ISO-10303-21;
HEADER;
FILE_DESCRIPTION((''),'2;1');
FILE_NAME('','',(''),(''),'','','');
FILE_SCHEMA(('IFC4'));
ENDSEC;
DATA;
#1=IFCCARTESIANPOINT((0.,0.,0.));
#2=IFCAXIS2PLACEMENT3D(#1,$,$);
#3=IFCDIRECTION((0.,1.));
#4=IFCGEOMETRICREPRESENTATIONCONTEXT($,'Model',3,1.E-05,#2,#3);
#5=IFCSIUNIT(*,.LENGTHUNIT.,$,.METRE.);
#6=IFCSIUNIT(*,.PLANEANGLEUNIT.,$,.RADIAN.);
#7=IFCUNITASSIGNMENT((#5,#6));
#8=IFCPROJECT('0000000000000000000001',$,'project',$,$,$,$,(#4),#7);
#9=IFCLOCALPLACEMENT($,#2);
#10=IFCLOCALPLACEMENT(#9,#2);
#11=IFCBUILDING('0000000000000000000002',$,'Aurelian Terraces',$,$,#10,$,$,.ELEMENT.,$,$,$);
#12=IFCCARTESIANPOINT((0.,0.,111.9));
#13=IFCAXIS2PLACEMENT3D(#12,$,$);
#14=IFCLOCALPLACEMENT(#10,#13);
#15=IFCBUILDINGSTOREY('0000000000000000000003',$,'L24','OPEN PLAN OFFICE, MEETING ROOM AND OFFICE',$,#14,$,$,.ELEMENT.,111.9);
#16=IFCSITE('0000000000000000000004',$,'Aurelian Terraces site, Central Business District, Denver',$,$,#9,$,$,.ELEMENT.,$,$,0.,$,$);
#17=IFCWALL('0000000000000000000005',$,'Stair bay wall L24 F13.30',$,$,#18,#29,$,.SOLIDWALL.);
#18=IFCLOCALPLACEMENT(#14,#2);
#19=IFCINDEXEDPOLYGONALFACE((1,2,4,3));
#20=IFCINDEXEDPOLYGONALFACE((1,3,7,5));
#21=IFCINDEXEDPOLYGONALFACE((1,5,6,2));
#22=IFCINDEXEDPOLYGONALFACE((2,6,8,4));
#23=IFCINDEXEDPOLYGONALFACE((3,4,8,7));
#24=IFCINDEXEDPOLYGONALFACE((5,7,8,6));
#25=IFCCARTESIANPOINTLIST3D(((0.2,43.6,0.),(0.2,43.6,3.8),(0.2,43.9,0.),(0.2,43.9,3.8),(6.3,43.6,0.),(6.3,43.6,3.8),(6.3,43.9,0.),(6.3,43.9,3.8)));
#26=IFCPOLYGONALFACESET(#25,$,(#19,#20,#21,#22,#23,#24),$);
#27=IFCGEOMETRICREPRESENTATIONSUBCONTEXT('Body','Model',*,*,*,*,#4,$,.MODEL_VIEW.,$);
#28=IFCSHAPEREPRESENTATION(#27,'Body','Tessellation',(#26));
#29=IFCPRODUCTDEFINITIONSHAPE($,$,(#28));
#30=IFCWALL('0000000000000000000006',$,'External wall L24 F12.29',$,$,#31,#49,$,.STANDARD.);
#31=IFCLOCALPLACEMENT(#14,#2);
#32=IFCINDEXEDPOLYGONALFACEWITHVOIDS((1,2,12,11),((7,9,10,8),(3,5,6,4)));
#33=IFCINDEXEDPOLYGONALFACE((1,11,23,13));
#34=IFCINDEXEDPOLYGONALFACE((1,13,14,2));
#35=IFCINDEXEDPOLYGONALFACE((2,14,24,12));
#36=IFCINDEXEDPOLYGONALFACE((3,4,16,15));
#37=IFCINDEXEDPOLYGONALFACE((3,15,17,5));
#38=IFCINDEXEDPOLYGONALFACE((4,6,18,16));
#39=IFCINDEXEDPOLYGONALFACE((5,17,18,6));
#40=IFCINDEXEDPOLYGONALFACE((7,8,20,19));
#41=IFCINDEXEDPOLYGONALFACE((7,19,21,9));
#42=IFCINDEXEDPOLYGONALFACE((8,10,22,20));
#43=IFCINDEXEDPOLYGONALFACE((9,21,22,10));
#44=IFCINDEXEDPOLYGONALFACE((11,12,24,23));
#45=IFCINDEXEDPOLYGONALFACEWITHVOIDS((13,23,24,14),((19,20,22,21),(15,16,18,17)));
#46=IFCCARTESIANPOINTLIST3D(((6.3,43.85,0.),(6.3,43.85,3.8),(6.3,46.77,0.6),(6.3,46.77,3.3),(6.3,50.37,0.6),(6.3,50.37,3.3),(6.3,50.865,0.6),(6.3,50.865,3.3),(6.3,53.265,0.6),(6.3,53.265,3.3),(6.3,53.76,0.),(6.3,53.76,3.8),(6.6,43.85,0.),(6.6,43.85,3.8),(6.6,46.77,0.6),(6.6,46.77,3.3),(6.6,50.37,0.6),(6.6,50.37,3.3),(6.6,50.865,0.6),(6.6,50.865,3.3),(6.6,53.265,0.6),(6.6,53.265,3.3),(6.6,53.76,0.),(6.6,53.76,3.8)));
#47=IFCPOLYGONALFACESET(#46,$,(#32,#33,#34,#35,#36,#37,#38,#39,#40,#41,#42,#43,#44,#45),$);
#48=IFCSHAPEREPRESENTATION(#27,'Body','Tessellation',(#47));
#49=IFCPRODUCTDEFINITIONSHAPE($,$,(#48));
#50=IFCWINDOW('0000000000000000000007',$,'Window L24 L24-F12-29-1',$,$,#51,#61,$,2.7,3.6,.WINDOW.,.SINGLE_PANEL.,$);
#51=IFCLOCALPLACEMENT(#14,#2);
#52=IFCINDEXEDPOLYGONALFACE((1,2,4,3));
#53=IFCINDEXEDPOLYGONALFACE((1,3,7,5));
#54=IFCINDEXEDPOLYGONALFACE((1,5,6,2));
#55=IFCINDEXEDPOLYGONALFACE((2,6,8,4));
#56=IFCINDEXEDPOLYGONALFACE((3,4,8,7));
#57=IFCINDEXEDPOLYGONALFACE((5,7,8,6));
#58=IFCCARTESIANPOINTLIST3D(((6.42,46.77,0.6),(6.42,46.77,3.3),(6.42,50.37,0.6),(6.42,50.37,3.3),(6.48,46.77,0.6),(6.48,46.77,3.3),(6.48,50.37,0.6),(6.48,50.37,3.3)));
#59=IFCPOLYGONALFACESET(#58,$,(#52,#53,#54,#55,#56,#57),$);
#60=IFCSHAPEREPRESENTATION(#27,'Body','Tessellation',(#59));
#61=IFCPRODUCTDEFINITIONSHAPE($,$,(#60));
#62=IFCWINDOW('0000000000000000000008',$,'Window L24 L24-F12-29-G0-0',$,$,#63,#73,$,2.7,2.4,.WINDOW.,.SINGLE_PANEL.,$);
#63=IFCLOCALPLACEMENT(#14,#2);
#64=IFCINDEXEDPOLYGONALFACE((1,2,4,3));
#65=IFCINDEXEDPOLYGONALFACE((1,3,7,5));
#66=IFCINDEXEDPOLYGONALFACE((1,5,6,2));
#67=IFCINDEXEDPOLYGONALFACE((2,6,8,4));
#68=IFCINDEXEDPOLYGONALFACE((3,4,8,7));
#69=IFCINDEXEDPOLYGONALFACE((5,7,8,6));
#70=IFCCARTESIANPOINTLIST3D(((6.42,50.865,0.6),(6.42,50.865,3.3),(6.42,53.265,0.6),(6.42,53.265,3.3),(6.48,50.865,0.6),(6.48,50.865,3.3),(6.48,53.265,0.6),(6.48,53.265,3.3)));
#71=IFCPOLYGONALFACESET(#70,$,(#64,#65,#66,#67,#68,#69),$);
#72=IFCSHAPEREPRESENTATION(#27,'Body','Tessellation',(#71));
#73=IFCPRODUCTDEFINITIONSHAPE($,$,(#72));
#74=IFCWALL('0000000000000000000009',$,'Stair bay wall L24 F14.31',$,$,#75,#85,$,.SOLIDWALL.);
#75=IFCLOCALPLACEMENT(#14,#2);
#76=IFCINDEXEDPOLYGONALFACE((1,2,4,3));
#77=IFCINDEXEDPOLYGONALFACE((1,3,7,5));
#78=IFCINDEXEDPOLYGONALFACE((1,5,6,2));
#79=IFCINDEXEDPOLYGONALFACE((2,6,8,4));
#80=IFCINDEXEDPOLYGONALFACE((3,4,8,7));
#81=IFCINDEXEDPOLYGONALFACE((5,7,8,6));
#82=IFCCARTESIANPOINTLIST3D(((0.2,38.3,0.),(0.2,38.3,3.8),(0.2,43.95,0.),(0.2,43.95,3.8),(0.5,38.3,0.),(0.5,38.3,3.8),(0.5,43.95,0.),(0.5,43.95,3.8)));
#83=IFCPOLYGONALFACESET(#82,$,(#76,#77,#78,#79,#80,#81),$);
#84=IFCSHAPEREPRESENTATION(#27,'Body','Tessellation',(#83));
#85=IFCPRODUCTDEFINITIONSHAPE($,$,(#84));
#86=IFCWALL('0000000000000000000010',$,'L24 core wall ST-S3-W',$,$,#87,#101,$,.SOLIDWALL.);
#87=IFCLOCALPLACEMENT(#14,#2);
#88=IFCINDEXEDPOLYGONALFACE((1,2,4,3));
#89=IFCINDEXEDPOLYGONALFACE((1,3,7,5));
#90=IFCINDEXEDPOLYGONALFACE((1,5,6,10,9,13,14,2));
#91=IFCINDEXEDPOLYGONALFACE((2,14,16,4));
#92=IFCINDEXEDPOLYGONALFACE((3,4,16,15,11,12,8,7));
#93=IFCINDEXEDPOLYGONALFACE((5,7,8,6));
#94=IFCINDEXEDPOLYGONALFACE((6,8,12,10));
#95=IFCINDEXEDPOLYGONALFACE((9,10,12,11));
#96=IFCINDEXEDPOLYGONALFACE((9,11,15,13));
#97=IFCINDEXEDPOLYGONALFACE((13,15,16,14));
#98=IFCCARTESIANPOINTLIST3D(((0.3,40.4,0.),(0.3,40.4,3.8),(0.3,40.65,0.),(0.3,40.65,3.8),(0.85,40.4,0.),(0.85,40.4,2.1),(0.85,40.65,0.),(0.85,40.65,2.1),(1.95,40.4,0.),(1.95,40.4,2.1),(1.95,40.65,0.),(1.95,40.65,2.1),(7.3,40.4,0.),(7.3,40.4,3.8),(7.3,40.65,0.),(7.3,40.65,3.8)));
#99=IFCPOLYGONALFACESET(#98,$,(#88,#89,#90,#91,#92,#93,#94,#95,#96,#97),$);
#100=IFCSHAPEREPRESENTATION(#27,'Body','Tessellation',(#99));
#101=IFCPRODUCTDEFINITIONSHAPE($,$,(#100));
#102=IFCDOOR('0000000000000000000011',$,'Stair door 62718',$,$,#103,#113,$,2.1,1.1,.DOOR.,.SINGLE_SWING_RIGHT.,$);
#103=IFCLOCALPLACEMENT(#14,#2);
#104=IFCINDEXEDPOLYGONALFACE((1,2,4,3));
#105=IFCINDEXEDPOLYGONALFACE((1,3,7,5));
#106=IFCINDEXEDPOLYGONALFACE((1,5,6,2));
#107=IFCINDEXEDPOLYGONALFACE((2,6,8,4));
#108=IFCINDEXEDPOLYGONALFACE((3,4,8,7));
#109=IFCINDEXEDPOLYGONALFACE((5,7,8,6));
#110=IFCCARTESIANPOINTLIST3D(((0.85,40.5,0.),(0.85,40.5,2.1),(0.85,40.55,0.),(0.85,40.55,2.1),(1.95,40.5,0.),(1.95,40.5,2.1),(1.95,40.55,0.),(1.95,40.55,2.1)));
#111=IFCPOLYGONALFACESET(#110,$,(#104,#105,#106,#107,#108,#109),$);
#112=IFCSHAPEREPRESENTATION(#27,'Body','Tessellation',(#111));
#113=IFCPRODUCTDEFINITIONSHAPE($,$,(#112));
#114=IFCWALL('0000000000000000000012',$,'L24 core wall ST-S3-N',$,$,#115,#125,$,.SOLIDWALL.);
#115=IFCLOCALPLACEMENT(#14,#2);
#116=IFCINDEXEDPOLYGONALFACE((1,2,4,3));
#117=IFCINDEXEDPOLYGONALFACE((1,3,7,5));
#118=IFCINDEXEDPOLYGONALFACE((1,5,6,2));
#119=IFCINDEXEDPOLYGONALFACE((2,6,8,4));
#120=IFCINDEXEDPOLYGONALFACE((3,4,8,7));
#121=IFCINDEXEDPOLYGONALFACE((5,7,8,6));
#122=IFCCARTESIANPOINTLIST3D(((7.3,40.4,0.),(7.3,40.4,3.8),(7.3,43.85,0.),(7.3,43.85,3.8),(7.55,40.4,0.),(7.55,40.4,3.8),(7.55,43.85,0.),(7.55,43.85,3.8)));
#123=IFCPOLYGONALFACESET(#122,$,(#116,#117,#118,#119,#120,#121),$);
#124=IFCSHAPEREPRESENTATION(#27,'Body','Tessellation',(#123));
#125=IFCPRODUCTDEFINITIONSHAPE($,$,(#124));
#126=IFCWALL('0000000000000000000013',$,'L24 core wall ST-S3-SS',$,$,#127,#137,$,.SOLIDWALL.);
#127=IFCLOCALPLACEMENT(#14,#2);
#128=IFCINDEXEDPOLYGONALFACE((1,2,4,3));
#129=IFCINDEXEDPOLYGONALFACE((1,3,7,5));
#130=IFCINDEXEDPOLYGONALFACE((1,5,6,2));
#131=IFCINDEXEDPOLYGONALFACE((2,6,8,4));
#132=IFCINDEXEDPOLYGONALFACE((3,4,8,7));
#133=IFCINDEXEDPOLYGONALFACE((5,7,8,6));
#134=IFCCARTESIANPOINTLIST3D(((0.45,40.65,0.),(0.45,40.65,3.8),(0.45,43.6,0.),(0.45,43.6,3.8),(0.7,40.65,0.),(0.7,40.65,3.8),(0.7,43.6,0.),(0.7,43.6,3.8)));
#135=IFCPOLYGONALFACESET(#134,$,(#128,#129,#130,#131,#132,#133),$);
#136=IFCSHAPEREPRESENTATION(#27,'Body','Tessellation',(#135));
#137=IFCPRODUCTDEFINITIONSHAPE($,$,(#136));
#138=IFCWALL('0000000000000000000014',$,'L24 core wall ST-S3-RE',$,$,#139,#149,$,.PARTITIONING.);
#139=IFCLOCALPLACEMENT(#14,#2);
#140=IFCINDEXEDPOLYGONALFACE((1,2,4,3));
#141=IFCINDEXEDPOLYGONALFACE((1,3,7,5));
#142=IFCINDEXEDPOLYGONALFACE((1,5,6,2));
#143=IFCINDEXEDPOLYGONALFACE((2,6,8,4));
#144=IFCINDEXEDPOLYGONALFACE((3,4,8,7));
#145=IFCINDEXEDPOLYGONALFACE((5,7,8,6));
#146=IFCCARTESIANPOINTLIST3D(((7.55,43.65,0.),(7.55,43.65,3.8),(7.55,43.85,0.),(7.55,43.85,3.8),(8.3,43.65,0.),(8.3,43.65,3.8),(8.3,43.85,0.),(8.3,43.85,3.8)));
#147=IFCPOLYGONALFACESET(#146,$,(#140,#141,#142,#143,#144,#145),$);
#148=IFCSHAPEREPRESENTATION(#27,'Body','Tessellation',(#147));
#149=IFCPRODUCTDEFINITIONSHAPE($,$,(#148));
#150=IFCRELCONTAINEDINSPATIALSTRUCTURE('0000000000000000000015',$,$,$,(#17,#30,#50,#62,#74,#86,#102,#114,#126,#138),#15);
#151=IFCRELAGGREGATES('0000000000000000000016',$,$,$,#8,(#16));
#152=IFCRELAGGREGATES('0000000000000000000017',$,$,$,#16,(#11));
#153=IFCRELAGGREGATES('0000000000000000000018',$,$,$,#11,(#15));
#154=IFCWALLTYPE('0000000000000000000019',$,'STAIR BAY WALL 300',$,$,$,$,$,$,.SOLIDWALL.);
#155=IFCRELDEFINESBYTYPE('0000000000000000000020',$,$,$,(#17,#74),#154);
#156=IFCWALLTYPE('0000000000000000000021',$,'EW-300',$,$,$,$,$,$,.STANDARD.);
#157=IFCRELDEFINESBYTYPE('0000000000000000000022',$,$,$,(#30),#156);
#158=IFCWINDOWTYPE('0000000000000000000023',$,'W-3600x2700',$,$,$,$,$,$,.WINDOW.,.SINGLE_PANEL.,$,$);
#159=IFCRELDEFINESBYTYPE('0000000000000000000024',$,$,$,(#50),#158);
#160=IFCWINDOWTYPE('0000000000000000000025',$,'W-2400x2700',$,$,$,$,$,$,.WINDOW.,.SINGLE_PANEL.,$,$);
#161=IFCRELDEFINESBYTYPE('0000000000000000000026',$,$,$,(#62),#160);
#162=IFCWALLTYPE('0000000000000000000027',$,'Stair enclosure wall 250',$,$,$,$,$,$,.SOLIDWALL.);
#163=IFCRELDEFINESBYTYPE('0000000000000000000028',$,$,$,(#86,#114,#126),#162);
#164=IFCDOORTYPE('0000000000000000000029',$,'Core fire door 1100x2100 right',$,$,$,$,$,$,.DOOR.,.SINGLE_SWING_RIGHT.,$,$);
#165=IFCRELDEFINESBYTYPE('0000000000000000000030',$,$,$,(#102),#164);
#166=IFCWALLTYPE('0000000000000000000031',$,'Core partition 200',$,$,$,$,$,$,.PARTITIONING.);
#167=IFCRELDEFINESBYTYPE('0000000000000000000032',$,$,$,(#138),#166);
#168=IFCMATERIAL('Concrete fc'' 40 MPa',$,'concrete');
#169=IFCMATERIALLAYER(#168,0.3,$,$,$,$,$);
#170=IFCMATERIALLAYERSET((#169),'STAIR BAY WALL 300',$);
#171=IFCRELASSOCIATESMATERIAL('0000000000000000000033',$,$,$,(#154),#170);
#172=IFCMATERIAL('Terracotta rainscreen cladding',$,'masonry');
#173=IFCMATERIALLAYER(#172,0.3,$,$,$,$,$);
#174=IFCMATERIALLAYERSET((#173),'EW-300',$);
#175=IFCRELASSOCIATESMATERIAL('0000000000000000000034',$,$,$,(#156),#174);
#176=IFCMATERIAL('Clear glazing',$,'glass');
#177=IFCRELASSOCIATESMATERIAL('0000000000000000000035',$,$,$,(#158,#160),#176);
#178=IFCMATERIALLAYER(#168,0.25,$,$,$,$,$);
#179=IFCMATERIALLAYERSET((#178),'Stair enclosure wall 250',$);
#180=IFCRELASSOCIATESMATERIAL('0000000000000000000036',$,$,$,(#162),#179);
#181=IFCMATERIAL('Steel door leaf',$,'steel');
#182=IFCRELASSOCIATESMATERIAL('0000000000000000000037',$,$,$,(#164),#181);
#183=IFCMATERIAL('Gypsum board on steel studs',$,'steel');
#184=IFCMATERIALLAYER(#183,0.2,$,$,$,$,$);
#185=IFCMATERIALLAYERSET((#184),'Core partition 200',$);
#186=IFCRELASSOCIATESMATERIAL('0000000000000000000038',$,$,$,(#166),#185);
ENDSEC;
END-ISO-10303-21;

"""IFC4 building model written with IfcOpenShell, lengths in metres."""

from ifc_helpers import new_model, si_unit, direction, frame, frame_2d, origin, place, context, subcontext, project, spatial, rectangle, extrude, source, transform, mapped, material, layer, layer_set, type_object, element, fill, save


model = new_model("IFC4")

# Units and contexts
model_context = context("Model", 3, precision=1e-05, world=origin(), true_north=direction((0.0, 1.0)))
body_context = subcontext(model_context, "Body", "Model", "MODEL_VIEW")
ifc_project = project(units=[si_unit("LENGTHUNIT", "METRE"), si_unit("PLANEANGLEUNIT", "RADIAN")], contexts=[model_context])

# Site, building, storey
site_placement = place(None, origin())
site = spatial("IfcSite", under=ifc_project, at=site_placement, Name="Aurelian Terraces site, Central Business District, Denver", CompositionType="ELEMENT", RefElevation=0.0)
building_placement = place(site_placement, origin())
building = spatial("IfcBuilding", under=site, at=building_placement, Name="Aurelian Terraces", CompositionType="ELEMENT")
storey_placement = place(building_placement, frame((0.0, 0.0, 111.9)))
storey = spatial("IfcBuildingStorey", under=building, at=storey_placement, Name="L24", Description="OPEN PLAN OFFICE, MEETING ROOM AND OFFICE", CompositionType="ELEMENT", Elevation=111.9)

# Wall
ifc_material_1 = material(Name="Concrete fc' 40 MPa", Category="concrete")
ifc_layer_1 = layer(ifc_material_1, 0.3)
ifc_layer_set_1 = layer_set([ifc_layer_1], Name="STAIR BAY WALL 300")
wall_type_1 = type_object("IfcWallType", Name="STAIR BAY WALL 300", PredefinedType="SOLIDWALL", material=ifc_layer_set_1)
shared_shape_1 = source(origin(), body_context, "Body", "SweptSolid", [
    extrude(rectangle(XDim=6.1, YDim=0.3, at=frame_2d((3.05, 0.0))), origin(), (0.0, 0.0, 1.0), 3.8),
])
wall_1_placement = place(storey_placement, frame((6.3, 43.75, 0.0), z_axis=(0.0, 0.0, 1.0), x_axis=(-1.0, 0.0, 0.0)))
element("IfcWall", 1, at=wall_1_placement, inside=storey, type_object=wall_type_1, Name="Stair bay wall L24 F13.30", PredefinedType="SOLIDWALL", context=body_context, shape_type="MappedRepresentation", body=[
    mapped(shared_shape_1, transform((0.0, 0.0, 0.0), scale=1.0)),
])

# Wall, openings, windows
ifc_material_2 = material(Name="Terracotta rainscreen cladding", Category="masonry")
ifc_layer_2 = layer(ifc_material_2, 0.3)
ifc_layer_set_2 = layer_set([ifc_layer_2], Name="EW-300")
wall_type_2 = type_object("IfcWallType", Name="EW-300", PredefinedType="STANDARD", material=ifc_layer_set_2)
shared_shape_2 = source(origin(), body_context, "Body", "SweptSolid", [
    extrude(rectangle(XDim=9.91, YDim=0.3, at=frame_2d((4.955, 0.0))), origin(), (0.0, 0.0, 1.0), 3.8),
])
wall_2_placement = place(storey_placement, frame((6.45, 53.76, 0.0), z_axis=(0.0, 0.0, 1.0), x_axis=(0.0, -1.0, 0.0)))
wall_2 = element("IfcWall", 2, at=wall_2_placement, inside=storey, type_object=wall_type_2, Name="External wall L24 F12.29", PredefinedType="STANDARD", context=body_context, shape_type="MappedRepresentation", body=[
    mapped(shared_shape_2, transform((0.0, 0.0, 0.0), scale=1.0)),
])
shared_shape_3 = source(origin(), body_context, "Body", "SweptSolid", [
    extrude(rectangle(XDim=3.6, YDim=2.7, at=frame_2d((1.8, 1.35))), frame((0.0, 0.16, 0.0), z_axis=(0.0, -1.0, 0.0), x_axis=(1.0, 0.0, 0.0)), (0.0, 0.0, 1.0), 0.32),
])
opening_1_placement = place(wall_2_placement, frame((3.39, 0.0, 0.6)))
opening_1 = element("IfcOpeningElement", 3, at=opening_1_placement, cuts=wall_2, PredefinedType="OPENING", context=body_context, shape_type="MappedRepresentation", body=[
    mapped(shared_shape_3, transform((0.0, 0.0, 0.0), scale=1.0)),
])
shared_shape_4 = source(origin(), body_context, "Body", "SweptSolid", [
    extrude(rectangle(XDim=2.4, YDim=2.7, at=frame_2d((1.2, 1.35))), frame((0.0, 0.16, 0.0), z_axis=(0.0, -1.0, 0.0), x_axis=(1.0, 0.0, 0.0)), (0.0, 0.0, 1.0), 0.32),
])
opening_2_placement = place(wall_2_placement, frame((0.495, 0.0, 0.6)))
opening_2 = element("IfcOpeningElement", 4, at=opening_2_placement, cuts=wall_2, PredefinedType="OPENING", context=body_context, shape_type="MappedRepresentation", body=[
    mapped(shared_shape_4, transform((0.0, 0.0, 0.0), scale=1.0)),
])
ifc_material_3 = material(Name="Clear glazing", Category="glass")
window_type_1 = type_object("IfcWindowType", Name="W-3600x2700", PartitioningType="SINGLE_PANEL", PredefinedType="WINDOW", material=ifc_material_3)
shared_shape_5 = source(origin(), body_context, "Body", "SweptSolid", [
    extrude(rectangle(XDim=3.6, YDim=2.7, at=frame_2d((1.8, 1.35))), frame((0.0, 0.03, 0.0), z_axis=(0.0, -1.0, 0.0), x_axis=(1.0, 0.0, 0.0)), (0.0, 0.0, 1.0), 0.06),
])
window_1_placement = place(opening_1_placement, origin())
window_1 = element("IfcWindow", 5, at=window_1_placement, inside=storey, type_object=window_type_1, Name="Window L24 L24-F12-29-1", OverallHeight=2.7, OverallWidth=3.6, PartitioningType="SINGLE_PANEL", PredefinedType="WINDOW", context=body_context, shape_type="MappedRepresentation", body=[
    mapped(shared_shape_5, transform((0.0, 0.0, 0.0), scale=1.0)),
])
fill(opening_1, window_1)
window_type_2 = type_object("IfcWindowType", Name="W-2400x2700", PartitioningType="SINGLE_PANEL", PredefinedType="WINDOW", material=ifc_material_3)
shared_shape_6 = source(origin(), body_context, "Body", "SweptSolid", [
    extrude(rectangle(XDim=2.4, YDim=2.7, at=frame_2d((1.2, 1.35))), frame((0.0, 0.03, 0.0), z_axis=(0.0, -1.0, 0.0), x_axis=(1.0, 0.0, 0.0)), (0.0, 0.0, 1.0), 0.06),
])
window_2_placement = place(opening_2_placement, origin())
window_2 = element("IfcWindow", 6, at=window_2_placement, inside=storey, type_object=window_type_2, Name="Window L24 L24-F12-29-G0-0", OverallHeight=2.7, OverallWidth=2.4, PartitioningType="SINGLE_PANEL", PredefinedType="WINDOW", context=body_context, shape_type="MappedRepresentation", body=[
    mapped(shared_shape_6, transform((0.0, 0.0, 0.0), scale=1.0)),
])
fill(opening_2, window_2)

# Wall
shared_shape_7 = source(origin(), body_context, "Body", "SweptSolid", [
    extrude(rectangle(XDim=5.65, YDim=0.3, at=frame_2d((2.825, 0.0))), origin(), (0.0, 0.0, 1.0), 3.8),
])
wall_3_placement = place(storey_placement, frame((0.35, 43.95, 0.0), z_axis=(0.0, 0.0, 1.0), x_axis=(0.0, -1.0, 0.0)))
element("IfcWall", 7, at=wall_3_placement, inside=storey, type_object=wall_type_1, Name="Stair bay wall L24 F14.31", PredefinedType="SOLIDWALL", context=body_context, shape_type="MappedRepresentation", body=[
    mapped(shared_shape_7, transform((0.0, 0.0, 0.0), scale=1.0)),
])

# Wall, opening, door
ifc_layer_3 = layer(ifc_material_1, 0.25)
ifc_layer_set_3 = layer_set([ifc_layer_3], Name="Stair enclosure wall 250")
wall_type_3 = type_object("IfcWallType", Name="Stair enclosure wall 250", PredefinedType="SOLIDWALL", material=ifc_layer_set_3)
shared_shape_8 = source(origin(), body_context, "Body", "SweptSolid", [
    extrude(rectangle(XDim=7.0, YDim=0.25, at=frame_2d((3.5, 0.0))), origin(), (0.0, 0.0, 1.0), 3.8),
])
wall_4_placement = place(storey_placement, frame((0.3, 40.525, 0.0), z_axis=(0.0, 0.0, 1.0), x_axis=(1.0, 0.0, 0.0)))
wall_4 = element("IfcWall", 8, at=wall_4_placement, inside=storey, type_object=wall_type_3, Name="L24 core wall ST-S3-W", PredefinedType="SOLIDWALL", context=body_context, shape_type="MappedRepresentation", body=[
    mapped(shared_shape_8, transform((0.0, 0.0, 0.0), scale=1.0)),
])
shared_shape_9 = source(origin(), body_context, "Body", "SweptSolid", [
    extrude(rectangle(XDim=1.1, YDim=2.1, at=frame_2d((0.55, 1.05))), frame((0.0, 0.135, 0.0), z_axis=(0.0, -1.0, 0.0), x_axis=(1.0, 0.0, 0.0)), (0.0, 0.0, 1.0), 0.27),
])
opening_3_placement = place(wall_4_placement, frame((0.55, 0.0, 0.0)))
opening_3 = element("IfcOpeningElement", 9, at=opening_3_placement, cuts=wall_4, PredefinedType="OPENING", context=body_context, shape_type="MappedRepresentation", body=[
    mapped(shared_shape_9, transform((0.0, 0.0, 0.0), scale=1.0)),
])
ifc_material_4 = material(Name="Steel door leaf", Category="steel")
door_type = type_object("IfcDoorType", Name="Core fire door 1100x2100 right", OperationType="SINGLE_SWING_RIGHT", PredefinedType="DOOR", material=ifc_material_4)
shared_shape_10 = source(origin(), body_context, "Body", "SweptSolid", [
    extrude(rectangle(XDim=1.1, YDim=2.1, at=frame_2d((0.55, 1.05))), frame((0.0, 0.025, 0.0), z_axis=(0.0, -1.0, 0.0), x_axis=(1.0, 0.0, 0.0)), (0.0, 0.0, 1.0), 0.05),
])
door_placement = place(opening_3_placement, origin())
door = element("IfcDoor", 10, at=door_placement, inside=storey, type_object=door_type, Name="Stair door 62718", OperationType="SINGLE_SWING_RIGHT", OverallHeight=2.1, OverallWidth=1.1, PredefinedType="DOOR", context=body_context, shape_type="MappedRepresentation", body=[
    mapped(shared_shape_10, transform((0.0, 0.0, 0.0), scale=1.0)),
])
fill(opening_3, door)

# Walls
shared_shape_11 = source(origin(), body_context, "Body", "SweptSolid", [
    extrude(rectangle(XDim=3.45, YDim=0.25, at=frame_2d((1.725, 0.0))), origin(), (0.0, 0.0, 1.0), 3.8),
])
wall_5_placement = place(storey_placement, frame((7.425, 40.4, 0.0), z_axis=(0.0, 0.0, 1.0), x_axis=(0.0, 1.0, 0.0)))
element("IfcWall", 11, at=wall_5_placement, inside=storey, type_object=wall_type_3, Name="L24 core wall ST-S3-N", PredefinedType="SOLIDWALL", context=body_context, shape_type="MappedRepresentation", body=[
    mapped(shared_shape_11, transform((0.0, 0.0, 0.0), scale=1.0)),
])
shared_shape_12 = source(origin(), body_context, "Body", "SweptSolid", [
    extrude(rectangle(XDim=2.95, YDim=0.25, at=frame_2d((1.475, 0.0))), origin(), (0.0, 0.0, 1.0), 3.8),
])
wall_6_placement = place(storey_placement, frame((0.575, 40.65, 0.0), z_axis=(0.0, 0.0, 1.0), x_axis=(0.0, 1.0, 0.0)))
element("IfcWall", 12, at=wall_6_placement, inside=storey, type_object=wall_type_3, Name="L24 core wall ST-S3-SS", PredefinedType="SOLIDWALL", context=body_context, shape_type="MappedRepresentation", body=[
    mapped(shared_shape_12, transform((0.0, 0.0, 0.0), scale=1.0)),
])
ifc_material_5 = material(Name="Gypsum board on steel studs", Category="steel")
ifc_layer_4 = layer(ifc_material_5, 0.2)
ifc_layer_set_4 = layer_set([ifc_layer_4], Name="Core partition 200")
wall_type_4 = type_object("IfcWallType", Name="Core partition 200", PredefinedType="PARTITIONING", material=ifc_layer_set_4)
shared_shape_13 = source(origin(), body_context, "Body", "SweptSolid", [
    extrude(rectangle(XDim=0.75, YDim=0.2, at=frame_2d((0.375, 0.0))), origin(), (0.0, 0.0, 1.0), 3.8),
])
wall_7_placement = place(storey_placement, frame((7.55, 43.75, 0.0), z_axis=(0.0, 0.0, 1.0), x_axis=(1.0, 0.0, 0.0)))
element("IfcWall", 13, at=wall_7_placement, inside=storey, type_object=wall_type_4, Name="L24 core wall ST-S3-RE", PredefinedType="PARTITIONING", context=body_context, shape_type="MappedRepresentation", body=[
    mapped(shared_shape_13, transform((0.0, 0.0, 0.0), scale=1.0)),
])

save(model, "model.ifc")
